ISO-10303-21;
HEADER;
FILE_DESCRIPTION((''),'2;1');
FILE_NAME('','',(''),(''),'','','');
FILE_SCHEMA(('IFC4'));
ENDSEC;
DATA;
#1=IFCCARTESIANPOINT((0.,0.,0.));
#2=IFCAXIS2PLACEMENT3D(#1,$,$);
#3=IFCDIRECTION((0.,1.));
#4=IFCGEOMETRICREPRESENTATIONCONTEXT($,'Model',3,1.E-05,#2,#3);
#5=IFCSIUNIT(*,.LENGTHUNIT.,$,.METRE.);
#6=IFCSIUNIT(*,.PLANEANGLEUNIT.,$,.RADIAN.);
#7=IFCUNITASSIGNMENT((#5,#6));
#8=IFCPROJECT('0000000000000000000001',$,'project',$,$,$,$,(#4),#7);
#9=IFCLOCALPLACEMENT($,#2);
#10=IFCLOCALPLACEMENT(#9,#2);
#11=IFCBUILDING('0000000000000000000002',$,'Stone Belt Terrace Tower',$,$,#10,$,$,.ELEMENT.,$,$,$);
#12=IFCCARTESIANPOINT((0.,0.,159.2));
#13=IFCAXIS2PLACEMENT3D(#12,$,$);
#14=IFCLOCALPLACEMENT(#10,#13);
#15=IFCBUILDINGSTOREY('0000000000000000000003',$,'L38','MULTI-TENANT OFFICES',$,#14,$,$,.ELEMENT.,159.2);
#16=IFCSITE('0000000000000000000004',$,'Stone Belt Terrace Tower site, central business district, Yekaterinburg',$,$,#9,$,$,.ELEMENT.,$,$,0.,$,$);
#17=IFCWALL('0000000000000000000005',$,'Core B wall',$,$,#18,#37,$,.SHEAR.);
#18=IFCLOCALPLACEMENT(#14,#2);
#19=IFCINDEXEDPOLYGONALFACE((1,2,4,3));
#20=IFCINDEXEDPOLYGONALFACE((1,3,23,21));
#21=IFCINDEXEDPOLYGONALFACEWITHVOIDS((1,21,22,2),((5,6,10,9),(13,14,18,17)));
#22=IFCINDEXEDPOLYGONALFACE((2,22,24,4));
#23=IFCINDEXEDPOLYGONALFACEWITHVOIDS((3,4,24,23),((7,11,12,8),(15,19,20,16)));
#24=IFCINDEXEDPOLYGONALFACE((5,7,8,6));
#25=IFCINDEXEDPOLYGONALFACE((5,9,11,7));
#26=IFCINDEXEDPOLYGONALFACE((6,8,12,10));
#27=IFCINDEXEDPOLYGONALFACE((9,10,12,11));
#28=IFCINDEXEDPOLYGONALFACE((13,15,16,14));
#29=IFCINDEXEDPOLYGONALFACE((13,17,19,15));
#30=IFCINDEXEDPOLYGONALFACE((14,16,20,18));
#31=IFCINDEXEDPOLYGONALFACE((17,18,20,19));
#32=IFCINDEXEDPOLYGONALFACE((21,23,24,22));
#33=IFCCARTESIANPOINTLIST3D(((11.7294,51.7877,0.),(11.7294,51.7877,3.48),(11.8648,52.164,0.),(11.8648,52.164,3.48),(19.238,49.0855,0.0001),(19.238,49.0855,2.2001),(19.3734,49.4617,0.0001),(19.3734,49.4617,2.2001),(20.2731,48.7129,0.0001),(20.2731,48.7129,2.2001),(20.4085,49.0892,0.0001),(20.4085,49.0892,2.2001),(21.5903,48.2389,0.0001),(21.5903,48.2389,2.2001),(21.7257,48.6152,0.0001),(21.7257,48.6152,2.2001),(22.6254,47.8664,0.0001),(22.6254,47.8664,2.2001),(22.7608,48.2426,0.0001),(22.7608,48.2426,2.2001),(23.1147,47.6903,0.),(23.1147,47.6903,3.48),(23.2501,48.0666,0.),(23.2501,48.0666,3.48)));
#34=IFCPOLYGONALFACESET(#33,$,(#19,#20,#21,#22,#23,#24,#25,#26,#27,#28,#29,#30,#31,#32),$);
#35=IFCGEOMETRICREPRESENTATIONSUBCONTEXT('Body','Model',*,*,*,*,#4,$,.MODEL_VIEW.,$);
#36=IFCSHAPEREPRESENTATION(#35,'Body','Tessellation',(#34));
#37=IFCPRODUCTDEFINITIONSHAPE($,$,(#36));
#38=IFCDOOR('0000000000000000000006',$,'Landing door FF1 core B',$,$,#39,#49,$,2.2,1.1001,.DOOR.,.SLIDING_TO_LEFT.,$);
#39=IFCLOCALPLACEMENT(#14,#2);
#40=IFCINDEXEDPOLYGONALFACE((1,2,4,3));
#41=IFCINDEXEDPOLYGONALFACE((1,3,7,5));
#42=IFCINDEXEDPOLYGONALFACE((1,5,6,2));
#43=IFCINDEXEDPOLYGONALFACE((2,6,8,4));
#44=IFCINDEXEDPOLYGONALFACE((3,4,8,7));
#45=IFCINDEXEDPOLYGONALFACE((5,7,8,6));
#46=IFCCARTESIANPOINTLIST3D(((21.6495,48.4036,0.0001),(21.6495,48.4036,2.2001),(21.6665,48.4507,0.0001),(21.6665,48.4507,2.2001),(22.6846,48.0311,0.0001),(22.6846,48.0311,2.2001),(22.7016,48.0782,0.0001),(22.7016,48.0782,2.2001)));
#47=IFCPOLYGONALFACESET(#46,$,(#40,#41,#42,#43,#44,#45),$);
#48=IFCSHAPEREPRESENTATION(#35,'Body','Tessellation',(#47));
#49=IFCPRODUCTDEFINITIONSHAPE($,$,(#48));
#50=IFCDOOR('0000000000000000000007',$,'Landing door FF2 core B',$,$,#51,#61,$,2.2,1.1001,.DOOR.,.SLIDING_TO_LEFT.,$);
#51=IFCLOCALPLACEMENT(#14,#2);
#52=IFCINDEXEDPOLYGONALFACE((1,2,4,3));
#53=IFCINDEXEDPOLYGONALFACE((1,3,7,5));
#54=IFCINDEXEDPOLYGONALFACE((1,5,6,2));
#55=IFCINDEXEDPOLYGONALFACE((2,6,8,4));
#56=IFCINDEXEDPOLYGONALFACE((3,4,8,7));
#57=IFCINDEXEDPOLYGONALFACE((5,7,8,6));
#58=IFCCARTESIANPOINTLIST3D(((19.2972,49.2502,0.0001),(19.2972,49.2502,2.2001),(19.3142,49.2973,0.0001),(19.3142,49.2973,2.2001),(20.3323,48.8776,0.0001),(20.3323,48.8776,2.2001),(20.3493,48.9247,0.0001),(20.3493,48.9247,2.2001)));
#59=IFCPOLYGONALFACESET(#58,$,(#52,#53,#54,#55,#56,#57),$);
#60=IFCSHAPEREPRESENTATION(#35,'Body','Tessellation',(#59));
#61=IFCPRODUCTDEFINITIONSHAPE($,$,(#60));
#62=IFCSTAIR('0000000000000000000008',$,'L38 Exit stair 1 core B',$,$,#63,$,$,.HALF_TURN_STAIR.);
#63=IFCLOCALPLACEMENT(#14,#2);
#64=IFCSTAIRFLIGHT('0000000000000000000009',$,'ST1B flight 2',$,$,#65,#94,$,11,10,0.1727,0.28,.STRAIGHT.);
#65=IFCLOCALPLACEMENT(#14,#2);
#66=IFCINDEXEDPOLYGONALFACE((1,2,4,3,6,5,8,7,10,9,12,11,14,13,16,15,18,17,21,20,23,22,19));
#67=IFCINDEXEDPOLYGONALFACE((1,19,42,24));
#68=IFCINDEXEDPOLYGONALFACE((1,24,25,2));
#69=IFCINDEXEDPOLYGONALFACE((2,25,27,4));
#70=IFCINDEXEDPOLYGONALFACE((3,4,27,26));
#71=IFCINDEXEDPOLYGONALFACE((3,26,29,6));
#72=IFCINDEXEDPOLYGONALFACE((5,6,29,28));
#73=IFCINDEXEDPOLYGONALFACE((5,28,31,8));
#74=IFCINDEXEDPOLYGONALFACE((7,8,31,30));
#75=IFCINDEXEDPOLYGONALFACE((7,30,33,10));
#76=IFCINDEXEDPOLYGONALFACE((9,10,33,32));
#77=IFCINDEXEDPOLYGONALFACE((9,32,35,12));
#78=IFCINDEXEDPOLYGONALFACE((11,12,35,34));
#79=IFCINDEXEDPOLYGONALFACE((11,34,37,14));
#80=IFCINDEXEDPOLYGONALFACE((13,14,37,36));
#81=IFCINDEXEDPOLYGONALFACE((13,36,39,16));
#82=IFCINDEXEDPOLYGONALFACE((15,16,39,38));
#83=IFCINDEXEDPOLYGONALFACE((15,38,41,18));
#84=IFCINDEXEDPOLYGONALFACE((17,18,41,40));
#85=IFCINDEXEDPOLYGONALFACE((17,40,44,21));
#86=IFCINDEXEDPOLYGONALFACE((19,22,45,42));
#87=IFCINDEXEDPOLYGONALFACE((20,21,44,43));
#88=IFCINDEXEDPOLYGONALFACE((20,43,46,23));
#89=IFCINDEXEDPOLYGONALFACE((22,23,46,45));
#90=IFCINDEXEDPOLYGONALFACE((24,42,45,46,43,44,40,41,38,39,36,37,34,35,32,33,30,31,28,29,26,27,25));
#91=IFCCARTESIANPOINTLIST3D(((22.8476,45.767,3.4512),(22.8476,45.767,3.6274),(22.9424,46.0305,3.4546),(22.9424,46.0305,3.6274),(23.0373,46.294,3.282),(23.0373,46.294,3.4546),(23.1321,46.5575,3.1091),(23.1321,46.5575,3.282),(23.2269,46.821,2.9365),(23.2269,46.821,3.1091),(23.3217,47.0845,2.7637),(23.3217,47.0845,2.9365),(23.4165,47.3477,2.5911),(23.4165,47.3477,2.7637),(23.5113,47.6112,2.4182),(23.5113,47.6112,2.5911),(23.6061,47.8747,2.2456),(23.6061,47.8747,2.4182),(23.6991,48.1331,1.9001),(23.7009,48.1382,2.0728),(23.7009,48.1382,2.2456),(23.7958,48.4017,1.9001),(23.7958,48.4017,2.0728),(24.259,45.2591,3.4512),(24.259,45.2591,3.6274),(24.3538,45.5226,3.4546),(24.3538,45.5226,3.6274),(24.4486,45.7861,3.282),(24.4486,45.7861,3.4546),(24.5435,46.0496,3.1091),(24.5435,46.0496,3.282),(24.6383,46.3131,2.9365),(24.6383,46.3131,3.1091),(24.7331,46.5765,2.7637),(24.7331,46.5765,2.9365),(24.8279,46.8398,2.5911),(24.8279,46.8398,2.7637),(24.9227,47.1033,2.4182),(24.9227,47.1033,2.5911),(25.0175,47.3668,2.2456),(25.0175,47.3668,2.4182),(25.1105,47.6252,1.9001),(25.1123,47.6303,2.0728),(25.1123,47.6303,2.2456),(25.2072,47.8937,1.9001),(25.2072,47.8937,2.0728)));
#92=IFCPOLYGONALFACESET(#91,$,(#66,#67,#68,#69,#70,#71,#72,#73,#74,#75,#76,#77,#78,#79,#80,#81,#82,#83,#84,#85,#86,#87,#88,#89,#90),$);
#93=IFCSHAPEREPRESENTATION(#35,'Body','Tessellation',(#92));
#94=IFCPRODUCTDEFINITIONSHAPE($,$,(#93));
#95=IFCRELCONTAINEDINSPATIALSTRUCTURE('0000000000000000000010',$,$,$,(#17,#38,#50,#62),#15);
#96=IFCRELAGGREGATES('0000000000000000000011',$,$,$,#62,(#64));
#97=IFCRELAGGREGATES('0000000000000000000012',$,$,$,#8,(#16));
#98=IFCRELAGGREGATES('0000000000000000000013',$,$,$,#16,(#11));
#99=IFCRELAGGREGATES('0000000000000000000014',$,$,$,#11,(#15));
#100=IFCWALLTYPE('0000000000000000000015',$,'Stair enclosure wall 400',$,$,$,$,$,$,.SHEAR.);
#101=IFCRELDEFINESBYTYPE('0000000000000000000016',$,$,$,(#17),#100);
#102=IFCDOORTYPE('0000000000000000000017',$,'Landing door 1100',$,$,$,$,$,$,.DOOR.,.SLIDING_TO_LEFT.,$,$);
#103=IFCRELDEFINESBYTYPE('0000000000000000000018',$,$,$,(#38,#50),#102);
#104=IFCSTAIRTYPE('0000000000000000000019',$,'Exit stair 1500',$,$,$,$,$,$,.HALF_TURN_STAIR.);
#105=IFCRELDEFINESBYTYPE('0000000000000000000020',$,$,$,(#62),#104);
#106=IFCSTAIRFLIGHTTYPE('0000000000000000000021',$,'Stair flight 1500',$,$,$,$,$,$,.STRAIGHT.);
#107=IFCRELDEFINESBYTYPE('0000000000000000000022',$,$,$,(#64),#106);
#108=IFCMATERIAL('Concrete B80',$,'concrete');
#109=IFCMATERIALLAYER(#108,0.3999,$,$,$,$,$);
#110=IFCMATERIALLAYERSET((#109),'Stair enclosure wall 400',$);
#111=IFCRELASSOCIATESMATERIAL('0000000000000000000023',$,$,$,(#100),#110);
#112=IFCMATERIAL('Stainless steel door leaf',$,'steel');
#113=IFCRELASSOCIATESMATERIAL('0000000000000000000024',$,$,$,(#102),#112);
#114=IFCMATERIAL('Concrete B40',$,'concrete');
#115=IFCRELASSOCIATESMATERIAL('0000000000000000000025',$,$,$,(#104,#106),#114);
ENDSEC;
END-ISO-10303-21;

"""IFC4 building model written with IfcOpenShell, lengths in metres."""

from ifc_helpers import new_model, si_unit, direction, frame, frame_2d, origin, place, context, subcontext, project, spatial, polyline, rectangle, outline, extrude, material, layer, layer_set, type_object, element, fill, aggregate, save


model = new_model("IFC4")

# Units and contexts
model_context = context("Model", 3, precision=1e-05, world=origin(), true_north=direction((0.0, 1.0)))
body_context = subcontext(model_context, "Body", "Model", "MODEL_VIEW")
ifc_project = project(units=[si_unit("LENGTHUNIT", "METRE"), si_unit("PLANEANGLEUNIT", "RADIAN")], contexts=[model_context])

# Site, building, storey
site_placement = place(None, origin())
site = spatial("IfcSite", under=ifc_project, at=site_placement, Name="Stone Belt Terrace Tower site, central business district, Yekaterinburg", CompositionType="ELEMENT", RefElevation=0.0)
building_placement = place(site_placement, origin())
building = spatial("IfcBuilding", under=site, at=building_placement, Name="Stone Belt Terrace Tower", CompositionType="ELEMENT")
storey_placement = place(building_placement, frame((0.0, 0.0, 159.2)))
storey = spatial("IfcBuildingStorey", under=building, at=storey_placement, Name="L38", Description="MULTI-TENANT OFFICES", CompositionType="ELEMENT", Elevation=159.2)

# Shared definitions
ifc_material_1 = material(Name="Concrete B80", Category="concrete")

# Shared definitions
ifc_layer_1 = layer(ifc_material_1, 0.3999)
ifc_layer_set_1 = layer_set([ifc_layer_1], Name="Stair enclosure wall 400")
wall_type_1 = type_object("IfcWallType", Name="Stair enclosure wall 400", PredefinedType="SHEAR", material=ifc_layer_set_1)

# Wall, openings, doors
wall_1_placement = place(storey_placement, frame((23.1824, 47.8784, 0.0), z_axis=(0.0, 0.0, 1.0), x_axis=(-0.940921, 0.338626, 0.0)))
wall_1 = element("IfcWall", 1, at=wall_1_placement, inside=storey, type_object=wall_type_1, Name="Core B wall", PredefinedType="SHEAR", context=body_context, shape_type="SweptSolid", body=[
    extrude(rectangle(XDim=12.1001, YDim=0.3999, at=frame_2d((6.05, 0.0))), origin(), (0.0, 0.0, 1.0), 3.48),
])
opening_1_placement = place(wall_1_placement, frame((0.52, 0.0, 0.0)))
opening_1 = element("IfcOpeningElement", 2, at=opening_1_placement, cuts=wall_1, PredefinedType="OPENING", context=body_context, shape_type="SweptSolid", body=[
    extrude(rectangle(XDim=1.1001, YDim=2.2, at=frame_2d((0.55, 1.1001))), frame((0.0, 0.21, 0.0), z_axis=(0.0, -1.0, 0.0), x_axis=(1.0, 0.0, 0.0)), (0.0, 0.0, 1.0), 0.4199),
])
opening_2_placement = place(wall_1_placement, frame((3.02, 0.0, 0.0)))
opening_2 = element("IfcOpeningElement", 3, at=opening_2_placement, cuts=wall_1, PredefinedType="OPENING", context=body_context, shape_type="SweptSolid", body=[
    extrude(rectangle(XDim=1.1001, YDim=2.2, at=frame_2d((0.55, 1.1001))), frame((0.0, 0.21, 0.0), z_axis=(0.0, -1.0, 0.0), x_axis=(1.0, 0.0, 0.0)), (0.0, 0.0, 1.0), 0.4199),
])
ifc_material_2 = material(Name="Stainless steel door leaf", Category="steel")
door_type_1 = type_object("IfcDoorType", Name="Landing door 1100", OperationType="SLIDING_TO_LEFT", PredefinedType="DOOR", material=ifc_material_2)
door_1_placement = place(opening_1_placement, origin())
door_1 = element("IfcDoor", 4, at=door_1_placement, inside=storey, type_object=door_type_1, Name="Landing door FF1 core B", OperationType="SLIDING_TO_LEFT", OverallHeight=2.2, OverallWidth=1.1001, PredefinedType="DOOR", context=body_context, shape_type="SweptSolid", body=[
    extrude(rectangle(XDim=1.1001, YDim=2.2, at=frame_2d((0.55, 1.1001))), frame((0.0, 0.0249, 0.0), z_axis=(0.0, -1.0, 0.0), x_axis=(1.0, 0.0, 0.0)), (0.0, 0.0, 1.0), 0.05),
])
fill(opening_1, door_1)
door_2_placement = place(opening_2_placement, origin())
door_2 = element("IfcDoor", 5, at=door_2_placement, inside=storey, type_object=door_type_1, Name="Landing door FF2 core B", OperationType="SLIDING_TO_LEFT", OverallHeight=2.2, OverallWidth=1.1001, PredefinedType="DOOR", context=body_context, shape_type="SweptSolid", body=[
    extrude(rectangle(XDim=1.1001, YDim=2.2, at=frame_2d((0.55, 1.1001))), frame((0.0, 0.0249, 0.0), z_axis=(0.0, -1.0, 0.0), x_axis=(1.0, 0.0, 0.0)), (0.0, 0.0, 1.0), 0.05),
])
fill(opening_2, door_2)

# Stair, stair flight
ifc_material_3 = material(Name="Concrete B40", Category="concrete")
stair_type = type_object("IfcStairType", Name="Exit stair 1500", PredefinedType="HALF_TURN_STAIR", material=ifc_material_3)
stair_placement = place(storey_placement, origin())
stair = element("IfcStair", 6, at=stair_placement, inside=storey, type_object=stair_type, Name="L38 Exit stair 1 core B", PredefinedType="HALF_TURN_STAIR")
stair_flight_type = type_object("IfcStairFlightType", Name="Stair flight 1500", PredefinedType="STRAIGHT", material=ifc_material_3)
stair_flight_placement = place(storey_placement, frame((24.5015, 48.1477, 1.9001), z_axis=(0.0, 0.0, 1.0), x_axis=(-0.338624, -0.940922, 0.0)))
stair_flight = element("IfcStairFlight", 7, at=stair_flight_placement, type_object=stair_flight_type, Name="ST1B flight 2", NumberOfRisers=11, NumberOfTreads=10, PredefinedType="STRAIGHT", RiserHeight=0.1727, TreadLength=0.28, context=body_context, shape_type="SweptSolid", body=[
    extrude(outline(polyline([(0.0, 0.0), (0.0, 0.1726), (0.28, 0.1726), (0.28, 0.3455), (0.5601, 0.3455), (0.5601, 0.5181), (0.8401, 0.5181), (0.8401, 0.6909), (1.1201, 0.6909), (1.1201, 0.8635), (1.3999, 0.8635), (1.3999, 1.0364), (1.6799, 1.0364), (1.6799, 1.209), (1.96, 1.209), (1.96, 1.3818), (2.24, 1.3818), (2.24, 1.5544), (2.52, 1.5544), (2.52, 1.7273), (2.8, 1.7273), (2.8, 1.8999), (2.8, 1.551), (0.2854, 0.0), (0.0, 0.0)])), frame((0.0, 0.75, 0.0), z_axis=(0.0, -1.0, 0.0), x_axis=(1.0, 0.0, 0.0)), (0.0, 0.0, 1.0), 1.5),
])
aggregate(stair, [stair_flight])

save(model, "model.ifc")
